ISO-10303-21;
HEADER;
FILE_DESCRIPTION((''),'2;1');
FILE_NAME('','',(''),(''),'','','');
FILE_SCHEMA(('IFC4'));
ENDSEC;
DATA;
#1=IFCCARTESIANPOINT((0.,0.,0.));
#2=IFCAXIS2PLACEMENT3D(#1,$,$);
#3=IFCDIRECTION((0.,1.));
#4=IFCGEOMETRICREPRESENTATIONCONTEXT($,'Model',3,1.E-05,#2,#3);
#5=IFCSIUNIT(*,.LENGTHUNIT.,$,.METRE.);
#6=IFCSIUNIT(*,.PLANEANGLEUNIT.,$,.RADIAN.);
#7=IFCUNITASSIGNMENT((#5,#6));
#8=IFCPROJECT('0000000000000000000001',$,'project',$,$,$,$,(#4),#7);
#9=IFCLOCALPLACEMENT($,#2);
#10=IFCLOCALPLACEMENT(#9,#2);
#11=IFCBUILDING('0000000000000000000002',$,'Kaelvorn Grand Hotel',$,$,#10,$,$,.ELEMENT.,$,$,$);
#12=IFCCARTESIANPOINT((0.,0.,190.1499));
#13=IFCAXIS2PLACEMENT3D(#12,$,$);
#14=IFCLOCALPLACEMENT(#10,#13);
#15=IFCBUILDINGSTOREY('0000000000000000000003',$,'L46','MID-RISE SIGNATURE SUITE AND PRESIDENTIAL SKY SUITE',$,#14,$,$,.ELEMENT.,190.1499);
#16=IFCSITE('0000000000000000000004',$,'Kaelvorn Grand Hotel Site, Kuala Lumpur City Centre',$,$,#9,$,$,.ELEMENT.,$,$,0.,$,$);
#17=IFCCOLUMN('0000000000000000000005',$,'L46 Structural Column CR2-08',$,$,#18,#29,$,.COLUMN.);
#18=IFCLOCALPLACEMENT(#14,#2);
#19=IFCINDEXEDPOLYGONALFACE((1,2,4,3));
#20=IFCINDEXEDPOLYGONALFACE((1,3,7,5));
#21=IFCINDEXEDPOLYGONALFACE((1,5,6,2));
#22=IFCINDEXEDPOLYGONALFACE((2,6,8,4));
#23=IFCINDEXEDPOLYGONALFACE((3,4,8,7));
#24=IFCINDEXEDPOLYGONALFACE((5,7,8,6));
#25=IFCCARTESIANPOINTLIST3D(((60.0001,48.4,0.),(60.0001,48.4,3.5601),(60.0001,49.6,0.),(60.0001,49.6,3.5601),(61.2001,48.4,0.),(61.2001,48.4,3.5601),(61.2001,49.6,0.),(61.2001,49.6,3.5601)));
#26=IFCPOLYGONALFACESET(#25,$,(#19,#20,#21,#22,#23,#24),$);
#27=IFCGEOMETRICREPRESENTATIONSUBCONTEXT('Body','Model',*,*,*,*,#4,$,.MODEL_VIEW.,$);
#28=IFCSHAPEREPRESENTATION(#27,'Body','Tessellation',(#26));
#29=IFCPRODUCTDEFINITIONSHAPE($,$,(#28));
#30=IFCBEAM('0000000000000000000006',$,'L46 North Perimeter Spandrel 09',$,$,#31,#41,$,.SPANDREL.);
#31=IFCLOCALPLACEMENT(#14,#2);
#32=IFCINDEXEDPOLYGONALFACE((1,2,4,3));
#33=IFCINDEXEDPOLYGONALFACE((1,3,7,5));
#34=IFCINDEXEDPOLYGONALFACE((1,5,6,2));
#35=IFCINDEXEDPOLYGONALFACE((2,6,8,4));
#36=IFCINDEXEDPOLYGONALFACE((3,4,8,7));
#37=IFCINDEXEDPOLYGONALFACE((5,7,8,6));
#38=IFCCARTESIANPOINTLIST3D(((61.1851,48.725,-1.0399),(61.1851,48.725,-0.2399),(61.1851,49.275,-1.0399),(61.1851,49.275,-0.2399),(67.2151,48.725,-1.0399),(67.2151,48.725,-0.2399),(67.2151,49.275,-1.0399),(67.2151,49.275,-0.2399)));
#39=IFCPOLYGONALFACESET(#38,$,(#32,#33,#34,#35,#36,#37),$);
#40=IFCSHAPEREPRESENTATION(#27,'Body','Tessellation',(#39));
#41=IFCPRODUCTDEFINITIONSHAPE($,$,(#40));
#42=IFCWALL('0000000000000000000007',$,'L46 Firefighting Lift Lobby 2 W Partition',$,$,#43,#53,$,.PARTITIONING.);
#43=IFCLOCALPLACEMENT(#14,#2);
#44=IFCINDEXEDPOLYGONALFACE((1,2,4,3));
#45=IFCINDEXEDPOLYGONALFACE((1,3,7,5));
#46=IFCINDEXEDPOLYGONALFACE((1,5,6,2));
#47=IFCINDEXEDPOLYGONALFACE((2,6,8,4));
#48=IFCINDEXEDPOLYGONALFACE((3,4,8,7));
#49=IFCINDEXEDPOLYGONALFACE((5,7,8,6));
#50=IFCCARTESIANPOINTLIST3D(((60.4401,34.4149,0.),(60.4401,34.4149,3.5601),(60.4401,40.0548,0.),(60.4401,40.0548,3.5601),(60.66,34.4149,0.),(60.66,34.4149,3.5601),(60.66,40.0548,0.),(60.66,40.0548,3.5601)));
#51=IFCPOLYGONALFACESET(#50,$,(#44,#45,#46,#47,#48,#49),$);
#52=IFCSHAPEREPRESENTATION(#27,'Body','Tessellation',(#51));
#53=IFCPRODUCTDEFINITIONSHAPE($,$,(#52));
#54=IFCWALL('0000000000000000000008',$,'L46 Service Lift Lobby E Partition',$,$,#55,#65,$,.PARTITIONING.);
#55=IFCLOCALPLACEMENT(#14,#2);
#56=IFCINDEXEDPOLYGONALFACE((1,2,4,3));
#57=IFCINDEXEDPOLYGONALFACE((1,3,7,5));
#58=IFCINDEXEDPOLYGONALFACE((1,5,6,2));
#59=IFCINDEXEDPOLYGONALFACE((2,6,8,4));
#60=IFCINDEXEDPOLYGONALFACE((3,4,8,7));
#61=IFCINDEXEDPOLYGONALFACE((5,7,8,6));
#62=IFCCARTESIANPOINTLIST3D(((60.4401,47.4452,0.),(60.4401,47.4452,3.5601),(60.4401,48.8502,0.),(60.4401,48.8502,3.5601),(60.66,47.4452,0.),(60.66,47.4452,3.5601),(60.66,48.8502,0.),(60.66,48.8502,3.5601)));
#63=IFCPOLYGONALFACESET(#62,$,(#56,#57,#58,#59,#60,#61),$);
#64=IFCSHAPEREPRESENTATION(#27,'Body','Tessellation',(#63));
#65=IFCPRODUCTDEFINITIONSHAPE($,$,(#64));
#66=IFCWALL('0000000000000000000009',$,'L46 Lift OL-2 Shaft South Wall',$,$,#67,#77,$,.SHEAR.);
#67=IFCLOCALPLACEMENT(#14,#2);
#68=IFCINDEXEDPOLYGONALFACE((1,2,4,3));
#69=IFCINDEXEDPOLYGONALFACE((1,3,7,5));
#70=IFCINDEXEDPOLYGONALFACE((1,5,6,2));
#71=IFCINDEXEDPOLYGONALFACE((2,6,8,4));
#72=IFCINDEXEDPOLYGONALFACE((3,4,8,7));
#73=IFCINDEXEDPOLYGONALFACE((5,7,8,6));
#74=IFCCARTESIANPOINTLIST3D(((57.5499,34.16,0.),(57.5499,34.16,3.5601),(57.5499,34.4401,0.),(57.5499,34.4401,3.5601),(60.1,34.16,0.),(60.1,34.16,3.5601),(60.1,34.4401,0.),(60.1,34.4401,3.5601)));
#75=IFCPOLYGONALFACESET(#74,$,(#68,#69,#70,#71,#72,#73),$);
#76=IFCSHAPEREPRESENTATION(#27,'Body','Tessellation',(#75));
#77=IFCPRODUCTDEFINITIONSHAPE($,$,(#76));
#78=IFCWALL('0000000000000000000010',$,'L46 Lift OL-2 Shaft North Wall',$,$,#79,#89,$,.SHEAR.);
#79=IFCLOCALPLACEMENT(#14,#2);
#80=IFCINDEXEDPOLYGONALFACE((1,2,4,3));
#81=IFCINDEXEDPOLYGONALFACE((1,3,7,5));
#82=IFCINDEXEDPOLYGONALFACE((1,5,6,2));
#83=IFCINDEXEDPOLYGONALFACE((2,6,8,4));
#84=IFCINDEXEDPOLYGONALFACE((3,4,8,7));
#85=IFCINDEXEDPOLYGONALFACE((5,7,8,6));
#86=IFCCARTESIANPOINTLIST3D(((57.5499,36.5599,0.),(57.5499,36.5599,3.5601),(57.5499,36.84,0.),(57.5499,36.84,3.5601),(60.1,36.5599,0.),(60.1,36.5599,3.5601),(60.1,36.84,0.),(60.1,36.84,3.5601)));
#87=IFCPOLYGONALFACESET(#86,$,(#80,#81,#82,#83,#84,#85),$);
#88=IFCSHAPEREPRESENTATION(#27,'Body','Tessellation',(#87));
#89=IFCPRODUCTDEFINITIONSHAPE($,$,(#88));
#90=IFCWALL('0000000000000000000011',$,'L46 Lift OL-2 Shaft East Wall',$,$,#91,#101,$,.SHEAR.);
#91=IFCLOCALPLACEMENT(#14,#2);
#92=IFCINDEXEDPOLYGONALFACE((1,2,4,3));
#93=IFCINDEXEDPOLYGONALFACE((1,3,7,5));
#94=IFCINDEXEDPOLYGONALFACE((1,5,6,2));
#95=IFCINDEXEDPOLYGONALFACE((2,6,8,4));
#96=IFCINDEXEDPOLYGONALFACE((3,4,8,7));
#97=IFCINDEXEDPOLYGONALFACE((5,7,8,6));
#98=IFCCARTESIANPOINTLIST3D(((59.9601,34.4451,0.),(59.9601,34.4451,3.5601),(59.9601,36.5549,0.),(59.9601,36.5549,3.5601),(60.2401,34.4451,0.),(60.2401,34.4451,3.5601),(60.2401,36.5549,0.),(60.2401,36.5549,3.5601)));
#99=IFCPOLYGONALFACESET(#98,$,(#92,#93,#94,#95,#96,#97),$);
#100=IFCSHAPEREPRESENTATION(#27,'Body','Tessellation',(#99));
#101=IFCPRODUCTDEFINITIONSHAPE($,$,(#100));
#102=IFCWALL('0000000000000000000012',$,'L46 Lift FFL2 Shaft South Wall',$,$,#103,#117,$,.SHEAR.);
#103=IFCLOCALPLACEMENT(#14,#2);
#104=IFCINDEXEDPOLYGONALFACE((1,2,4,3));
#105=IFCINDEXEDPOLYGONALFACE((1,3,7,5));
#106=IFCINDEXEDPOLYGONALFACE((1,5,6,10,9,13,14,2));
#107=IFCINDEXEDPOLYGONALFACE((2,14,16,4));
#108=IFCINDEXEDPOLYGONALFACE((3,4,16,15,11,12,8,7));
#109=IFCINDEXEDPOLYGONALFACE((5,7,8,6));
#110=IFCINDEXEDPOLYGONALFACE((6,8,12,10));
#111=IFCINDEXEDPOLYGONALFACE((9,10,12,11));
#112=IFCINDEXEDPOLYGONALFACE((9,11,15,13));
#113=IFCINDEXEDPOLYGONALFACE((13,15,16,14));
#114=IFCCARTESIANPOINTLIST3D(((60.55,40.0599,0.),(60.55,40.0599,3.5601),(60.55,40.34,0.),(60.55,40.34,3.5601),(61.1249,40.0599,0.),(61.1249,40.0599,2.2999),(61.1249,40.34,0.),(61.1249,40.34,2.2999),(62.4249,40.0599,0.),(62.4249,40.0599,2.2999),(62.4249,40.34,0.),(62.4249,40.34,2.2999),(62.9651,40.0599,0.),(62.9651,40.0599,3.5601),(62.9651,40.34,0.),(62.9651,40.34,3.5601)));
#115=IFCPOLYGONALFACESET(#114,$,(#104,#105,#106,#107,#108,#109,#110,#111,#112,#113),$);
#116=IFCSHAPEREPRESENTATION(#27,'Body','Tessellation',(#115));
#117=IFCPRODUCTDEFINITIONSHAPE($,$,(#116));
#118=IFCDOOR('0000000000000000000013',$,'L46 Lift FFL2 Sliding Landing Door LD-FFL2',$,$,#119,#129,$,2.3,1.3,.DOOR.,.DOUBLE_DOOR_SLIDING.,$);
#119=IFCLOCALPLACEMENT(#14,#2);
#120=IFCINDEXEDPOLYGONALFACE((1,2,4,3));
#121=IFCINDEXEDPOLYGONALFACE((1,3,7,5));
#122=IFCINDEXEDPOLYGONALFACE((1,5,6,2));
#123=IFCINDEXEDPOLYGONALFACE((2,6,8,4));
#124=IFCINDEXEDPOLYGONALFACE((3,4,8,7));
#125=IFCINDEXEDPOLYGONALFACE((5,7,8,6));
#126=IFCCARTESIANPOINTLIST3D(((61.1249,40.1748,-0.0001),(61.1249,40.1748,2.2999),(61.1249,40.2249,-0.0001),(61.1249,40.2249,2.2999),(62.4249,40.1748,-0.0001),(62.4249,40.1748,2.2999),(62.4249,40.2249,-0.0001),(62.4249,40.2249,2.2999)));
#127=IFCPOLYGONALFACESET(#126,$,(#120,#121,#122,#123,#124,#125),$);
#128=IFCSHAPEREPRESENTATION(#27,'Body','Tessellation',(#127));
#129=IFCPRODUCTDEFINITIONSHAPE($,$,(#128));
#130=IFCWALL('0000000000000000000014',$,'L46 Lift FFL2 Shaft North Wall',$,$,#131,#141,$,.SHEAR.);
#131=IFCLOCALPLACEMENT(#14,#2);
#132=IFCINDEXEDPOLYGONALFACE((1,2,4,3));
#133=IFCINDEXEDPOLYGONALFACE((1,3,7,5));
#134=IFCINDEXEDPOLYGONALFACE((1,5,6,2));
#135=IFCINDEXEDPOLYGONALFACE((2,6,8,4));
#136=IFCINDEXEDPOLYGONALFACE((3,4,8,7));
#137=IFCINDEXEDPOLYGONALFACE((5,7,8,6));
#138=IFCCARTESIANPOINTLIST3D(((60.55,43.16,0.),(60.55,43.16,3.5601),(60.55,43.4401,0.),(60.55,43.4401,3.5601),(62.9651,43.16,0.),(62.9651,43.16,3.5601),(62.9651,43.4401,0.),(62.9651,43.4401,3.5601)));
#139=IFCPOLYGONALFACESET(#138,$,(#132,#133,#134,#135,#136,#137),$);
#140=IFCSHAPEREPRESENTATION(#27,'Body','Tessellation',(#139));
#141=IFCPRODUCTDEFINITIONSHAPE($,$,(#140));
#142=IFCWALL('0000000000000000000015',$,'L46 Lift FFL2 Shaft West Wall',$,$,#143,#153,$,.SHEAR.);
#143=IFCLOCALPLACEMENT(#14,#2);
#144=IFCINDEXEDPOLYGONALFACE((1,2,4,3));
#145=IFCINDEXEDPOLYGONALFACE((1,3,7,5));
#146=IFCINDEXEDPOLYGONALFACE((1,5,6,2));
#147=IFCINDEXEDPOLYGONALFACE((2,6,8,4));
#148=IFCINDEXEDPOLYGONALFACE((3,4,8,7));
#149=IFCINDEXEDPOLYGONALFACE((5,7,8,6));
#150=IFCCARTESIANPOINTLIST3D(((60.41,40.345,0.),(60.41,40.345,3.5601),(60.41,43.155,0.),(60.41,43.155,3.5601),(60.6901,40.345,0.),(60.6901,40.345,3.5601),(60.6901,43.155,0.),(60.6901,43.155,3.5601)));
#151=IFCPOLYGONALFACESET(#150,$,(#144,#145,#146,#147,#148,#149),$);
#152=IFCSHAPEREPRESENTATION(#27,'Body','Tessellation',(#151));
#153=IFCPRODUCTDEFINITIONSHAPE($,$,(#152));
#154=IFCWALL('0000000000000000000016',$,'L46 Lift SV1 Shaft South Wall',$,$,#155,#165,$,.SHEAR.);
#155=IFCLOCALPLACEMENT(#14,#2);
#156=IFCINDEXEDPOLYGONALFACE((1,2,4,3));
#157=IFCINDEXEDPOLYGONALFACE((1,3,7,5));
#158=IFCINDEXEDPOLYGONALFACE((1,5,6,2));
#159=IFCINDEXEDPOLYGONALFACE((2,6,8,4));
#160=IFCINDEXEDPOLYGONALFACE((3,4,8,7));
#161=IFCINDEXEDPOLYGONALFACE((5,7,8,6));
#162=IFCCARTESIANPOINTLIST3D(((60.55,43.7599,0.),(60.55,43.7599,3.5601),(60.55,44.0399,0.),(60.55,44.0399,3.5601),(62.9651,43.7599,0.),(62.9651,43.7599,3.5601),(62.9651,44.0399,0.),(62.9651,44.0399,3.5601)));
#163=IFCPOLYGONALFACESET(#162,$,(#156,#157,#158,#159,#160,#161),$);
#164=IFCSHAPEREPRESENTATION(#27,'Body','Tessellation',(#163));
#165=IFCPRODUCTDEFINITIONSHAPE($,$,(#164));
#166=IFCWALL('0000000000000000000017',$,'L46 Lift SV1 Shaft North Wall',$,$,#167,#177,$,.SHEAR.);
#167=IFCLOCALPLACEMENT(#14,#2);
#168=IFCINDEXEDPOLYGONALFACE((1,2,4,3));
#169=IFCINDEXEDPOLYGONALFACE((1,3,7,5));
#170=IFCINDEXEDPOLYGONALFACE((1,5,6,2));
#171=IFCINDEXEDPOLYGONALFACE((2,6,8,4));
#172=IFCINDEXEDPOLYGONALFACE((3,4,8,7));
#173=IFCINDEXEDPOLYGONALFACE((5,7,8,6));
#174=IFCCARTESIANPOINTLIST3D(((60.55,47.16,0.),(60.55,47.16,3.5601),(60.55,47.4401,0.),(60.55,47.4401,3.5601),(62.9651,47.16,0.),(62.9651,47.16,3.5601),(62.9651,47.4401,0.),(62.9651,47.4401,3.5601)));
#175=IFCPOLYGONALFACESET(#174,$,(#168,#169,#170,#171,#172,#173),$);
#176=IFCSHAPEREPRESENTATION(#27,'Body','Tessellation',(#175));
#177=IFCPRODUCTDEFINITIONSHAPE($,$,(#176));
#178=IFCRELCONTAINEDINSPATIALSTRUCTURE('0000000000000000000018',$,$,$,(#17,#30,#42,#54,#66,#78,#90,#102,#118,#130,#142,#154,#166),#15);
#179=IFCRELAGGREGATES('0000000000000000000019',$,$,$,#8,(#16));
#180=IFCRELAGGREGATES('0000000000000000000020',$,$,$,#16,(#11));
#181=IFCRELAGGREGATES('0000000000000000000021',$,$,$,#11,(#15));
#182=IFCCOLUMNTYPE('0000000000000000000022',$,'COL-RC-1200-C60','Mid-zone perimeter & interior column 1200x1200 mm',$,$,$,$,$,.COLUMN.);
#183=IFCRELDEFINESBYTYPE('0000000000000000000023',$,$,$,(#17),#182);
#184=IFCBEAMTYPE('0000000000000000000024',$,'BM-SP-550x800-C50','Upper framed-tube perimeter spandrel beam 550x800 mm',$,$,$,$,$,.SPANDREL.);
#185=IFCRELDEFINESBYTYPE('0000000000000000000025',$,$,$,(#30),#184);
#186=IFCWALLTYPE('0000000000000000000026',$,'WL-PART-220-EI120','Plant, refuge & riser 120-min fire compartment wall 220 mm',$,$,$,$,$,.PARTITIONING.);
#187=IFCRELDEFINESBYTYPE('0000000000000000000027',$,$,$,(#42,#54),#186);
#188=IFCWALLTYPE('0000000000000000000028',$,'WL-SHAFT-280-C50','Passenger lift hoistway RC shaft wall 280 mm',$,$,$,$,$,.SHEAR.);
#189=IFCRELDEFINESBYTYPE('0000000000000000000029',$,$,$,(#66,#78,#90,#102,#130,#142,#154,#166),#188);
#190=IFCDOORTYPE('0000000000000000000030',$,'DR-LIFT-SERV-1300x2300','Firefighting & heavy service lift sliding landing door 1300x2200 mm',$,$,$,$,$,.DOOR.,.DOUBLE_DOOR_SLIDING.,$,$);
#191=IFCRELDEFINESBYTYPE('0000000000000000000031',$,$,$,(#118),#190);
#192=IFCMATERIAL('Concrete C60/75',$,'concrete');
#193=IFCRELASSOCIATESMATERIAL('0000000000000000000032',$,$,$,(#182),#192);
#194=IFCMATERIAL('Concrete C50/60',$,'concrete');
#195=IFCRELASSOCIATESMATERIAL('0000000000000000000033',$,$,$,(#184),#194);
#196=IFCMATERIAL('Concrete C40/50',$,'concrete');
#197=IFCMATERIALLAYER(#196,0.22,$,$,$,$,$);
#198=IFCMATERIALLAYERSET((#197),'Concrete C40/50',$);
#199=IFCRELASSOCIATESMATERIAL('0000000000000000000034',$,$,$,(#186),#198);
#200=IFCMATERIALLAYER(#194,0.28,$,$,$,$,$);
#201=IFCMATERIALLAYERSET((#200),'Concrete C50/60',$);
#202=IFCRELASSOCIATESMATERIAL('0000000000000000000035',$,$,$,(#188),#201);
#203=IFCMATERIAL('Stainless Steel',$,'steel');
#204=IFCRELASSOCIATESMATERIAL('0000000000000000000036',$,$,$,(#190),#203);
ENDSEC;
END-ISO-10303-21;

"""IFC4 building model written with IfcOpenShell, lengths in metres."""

from ifc_helpers import new_model, si_unit, direction, frame, frame_2d, origin, origin_2d, place, context, subcontext, project, spatial, rectangle, extrude, material, layer, layer_set, material_profile, profile_set, type_object, element, fill, save


model = new_model("IFC4")

# Units and contexts
model_context = context("Model", 3, precision=1e-05, world=origin(), true_north=direction((0.0, 1.0)))
body_context = subcontext(model_context, "Body", "Model", "MODEL_VIEW")
ifc_project = project(units=[si_unit("LENGTHUNIT", "METRE"), si_unit("PLANEANGLEUNIT", "RADIAN")], contexts=[model_context])

# Site, building, storey
site_placement = place(None, origin())
site = spatial("IfcSite", under=ifc_project, at=site_placement, Name="Kaelvorn Grand Hotel Site, Kuala Lumpur City Centre", CompositionType="ELEMENT", RefElevation=0.0)
building_placement = place(site_placement, origin())
building = spatial("IfcBuilding", under=site, at=building_placement, Name="Kaelvorn Grand Hotel", CompositionType="ELEMENT")
storey_placement = place(building_placement, frame((0.0, 0.0, 190.1499)))
storey = spatial("IfcBuildingStorey", under=building, at=storey_placement, Name="L46", Description="MID-RISE SIGNATURE SUITE AND PRESIDENTIAL SKY SUITE", CompositionType="ELEMENT", Elevation=190.1499)

# Column
ifc_material_1 = material(Name="Concrete C60/75", Category="concrete")
ifc_material_profile_1 = material_profile(ifc_material_1, rectangle(XDim=1.2, YDim=1.2, at=origin_2d()), Name="RC COL 1200x1200")
ifc_profile_set_1 = profile_set([ifc_material_profile_1], Name="Concrete C60/75")
column_type = type_object("IfcColumnType", Name="COL-RC-1200-C60", Description="Mid-zone perimeter & interior column 1200x1200 mm", PredefinedType="COLUMN", material=ifc_profile_set_1)
column_placement = place(storey_placement, frame((60.6001, 49.0, 0.0), z_axis=(0.0, 0.0, 1.0), x_axis=(1.0, 0.0, 0.0)))
element("IfcColumn", 1, at=column_placement, inside=storey, type_object=column_type, Name="L46 Structural Column CR2-08", PredefinedType="COLUMN", context=body_context, shape_type="SweptSolid", body=[
    extrude(rectangle(XDim=1.2, YDim=1.2, at=origin_2d()), origin(), (0.0, 0.0, 1.0), 3.5601),
])

# Beam
ifc_material_2 = material(Name="Concrete C50/60", Category="concrete")
ifc_material_profile_2 = material_profile(ifc_material_2, rectangle(XDim=0.55, YDim=0.8, at=origin_2d()), Name="RC SPANDREL 550x800")
ifc_profile_set_2 = profile_set([ifc_material_profile_2], Name="Concrete C50/60")
beam_type = type_object("IfcBeamType", Name="BM-SP-550x800-C50", Description="Upper framed-tube perimeter spandrel beam 550x800 mm", PredefinedType="SPANDREL", material=ifc_profile_set_2)
beam_placement = place(storey_placement, frame((61.1851, 49.0, -0.6399), z_axis=(1.0, 0.0, 0.0), x_axis=(0.0, 1.0, 0.0)))
element("IfcBeam", 2, at=beam_placement, inside=storey, type_object=beam_type, Name="L46 North Perimeter Spandrel 09", PredefinedType="SPANDREL", context=body_context, shape_type="SweptSolid", body=[
    extrude(rectangle(XDim=0.55, YDim=0.8, at=origin_2d()), origin(), (0.0, 0.0, 1.0), 6.03),
])

# Shared definitions
ifc_material_3 = material(Name="Concrete C40/50", Category="concrete")
ifc_layer_1 = layer(ifc_material_3, 0.22)
ifc_layer_set_1 = layer_set([ifc_layer_1], Name="Concrete C40/50")
wall_type_1 = type_object("IfcWallType", Name="WL-PART-220-EI120", Description="Plant, refuge & riser 120-min fire compartment wall 220 mm", PredefinedType="PARTITIONING", material=ifc_layer_set_1)

# Walls
wall_1_placement = place(storey_placement, frame((60.55, 34.415, 0.0), z_axis=(0.0, 0.0, 1.0), x_axis=(0.0, 1.0, 0.0)))
element("IfcWall", 3, at=wall_1_placement, inside=storey, type_object=wall_type_1, Name="L46 Firefighting Lift Lobby 2 W Partition", PredefinedType="PARTITIONING", context=body_context, shape_type="SweptSolid", body=[
    extrude(rectangle(XDim=5.6399, YDim=0.22, at=frame_2d((2.8198, 0.0))), origin(), (0.0, 0.0, 1.0), 3.5601),
])
wall_2_placement = place(storey_placement, frame((60.55, 47.4451, 0.0), z_axis=(0.0, 0.0, 1.0), x_axis=(0.0, 1.0, 0.0)))
element("IfcWall", 4, at=wall_2_placement, inside=storey, type_object=wall_type_1, Name="L46 Service Lift Lobby E Partition", PredefinedType="PARTITIONING", context=body_context, shape_type="SweptSolid", body=[
    extrude(rectangle(XDim=1.405, YDim=0.22, at=frame_2d((0.7026, 0.0))), origin(), (0.0, 0.0, 1.0), 3.5601),
])
ifc_layer_2 = layer(ifc_material_2, 0.28)
ifc_layer_set_2 = layer_set([ifc_layer_2], Name="Concrete C50/60")
wall_type_2 = type_object("IfcWallType", Name="WL-SHAFT-280-C50", Description="Passenger lift hoistway RC shaft wall 280 mm", PredefinedType="SHEAR", material=ifc_layer_set_2)
for number, where, z_axis, x_axis, name in (
    (5, (57.55, 34.3, 0.0), (0.0, 0.0, 1.0), (1.0, 0.0, 0.0), "L46 Lift OL-2 Shaft South Wall"),
    (6, (57.55, 36.7, 0.0), (0.0, 0.0, 1.0), (1.0, 0.0, 0.0), "L46 Lift OL-2 Shaft North Wall"),
):
    element("IfcWall", number, at=place(storey_placement, frame(where, z_axis=z_axis, x_axis=x_axis)), inside=storey, type_object=wall_type_2, Name=name, PredefinedType="SHEAR", context=body_context, shape_type="SweptSolid", body=[
        extrude(rectangle(XDim=2.55, YDim=0.28, at=frame_2d((1.2749, 0.0))), origin(), (0.0, 0.0, 1.0), 3.5601),
    ])
wall_3_placement = place(storey_placement, frame((60.1001, 34.4451, 0.0), z_axis=(0.0, 0.0, 1.0), x_axis=(0.0, 1.0, 0.0)))
element("IfcWall", 7, at=wall_3_placement, inside=storey, type_object=wall_type_2, Name="L46 Lift OL-2 Shaft East Wall", PredefinedType="SHEAR", context=body_context, shape_type="SweptSolid", body=[
    extrude(rectangle(XDim=2.1099, YDim=0.28, at=frame_2d((1.0549, 0.0))), origin(), (0.0, 0.0, 1.0), 3.5601),
])

# Wall, opening, door
wall_4_placement = place(storey_placement, frame((60.55, 40.2, 0.0), z_axis=(0.0, 0.0, 1.0), x_axis=(1.0, 0.0, 0.0)))
wall_4 = element("IfcWall", 8, at=wall_4_placement, inside=storey, type_object=wall_type_2, Name="L46 Lift FFL2 Shaft South Wall", PredefinedType="SHEAR", context=body_context, shape_type="SweptSolid", body=[
    extrude(rectangle(XDim=2.415, YDim=0.28, at=frame_2d((1.2075, 0.0))), origin(), (0.0, 0.0, 1.0), 3.5601),
])
opening_1_placement = place(wall_4_placement, frame((0.575, 0.0, 0.0)))
opening_1 = element("IfcOpeningElement", 9, at=opening_1_placement, cuts=wall_4, PredefinedType="OPENING", context=body_context, shape_type="SweptSolid", body=[
    extrude(rectangle(XDim=1.3, YDim=2.3, at=frame_2d((0.6499, 1.1499))), frame((0.0, 0.1499, 0.0), z_axis=(0.0, -1.0, 0.0), x_axis=(1.0, 0.0, 0.0)), (0.0, 0.0, 1.0), 0.3),
])
ifc_material_4 = material(Name="Stainless Steel", Category="steel")
door_type_1 = type_object("IfcDoorType", Name="DR-LIFT-SERV-1300x2300", Description="Firefighting & heavy service lift sliding landing door 1300x2200 mm", OperationType="DOUBLE_DOOR_SLIDING", PredefinedType="DOOR", material=ifc_material_4)
door_1_placement = place(opening_1_placement, origin())
door_1 = element("IfcDoor", 10, at=door_1_placement, inside=storey, type_object=door_type_1, Name="L46 Lift FFL2 Sliding Landing Door LD-FFL2", OperationType="DOUBLE_DOOR_SLIDING", OverallHeight=2.3, OverallWidth=1.3, PredefinedType="DOOR", context=body_context, shape_type="SweptSolid", body=[
    extrude(rectangle(XDim=1.3, YDim=2.3, at=frame_2d((0.6499, 1.1499))), frame((0.0, 0.0249, 0.0), z_axis=(0.0, -1.0, 0.0), x_axis=(1.0, 0.0, 0.0)), (0.0, 0.0, 1.0), 0.05),
])
fill(opening_1, door_1)

# Walls
wall_5_placement = place(storey_placement, frame((60.55, 43.3, 0.0), z_axis=(0.0, 0.0, 1.0), x_axis=(1.0, 0.0, 0.0)))
element("IfcWall", 11, at=wall_5_placement, inside=storey, type_object=wall_type_2, Name="L46 Lift FFL2 Shaft North Wall", PredefinedType="SHEAR", context=body_context, shape_type="SweptSolid", body=[
    extrude(rectangle(XDim=2.415, YDim=0.28, at=frame_2d((1.2075, 0.0))), origin(), (0.0, 0.0, 1.0), 3.5601),
])
wall_6_placement = place(storey_placement, frame((60.55, 40.345, 0.0), z_axis=(0.0, 0.0, 1.0), x_axis=(0.0, 1.0, 0.0)))
element("IfcWall", 12, at=wall_6_placement, inside=storey, type_object=wall_type_2, Name="L46 Lift FFL2 Shaft West Wall", PredefinedType="SHEAR", context=body_context, shape_type="SweptSolid", body=[
    extrude(rectangle(XDim=2.8101, YDim=0.28, at=frame_2d((1.405, 0.0))), origin(), (0.0, 0.0, 1.0), 3.5601),
])
for number, where, z_axis, x_axis, name in (
    (13, (60.55, 43.8999, 0.0), (0.0, 0.0, 1.0), (1.0, 0.0, 0.0), "L46 Lift SV1 Shaft South Wall"),
    (14, (60.55, 47.3, 0.0), (0.0, 0.0, 1.0), (1.0, 0.0, 0.0), "L46 Lift SV1 Shaft North Wall"),
):
    element("IfcWall", number, at=place(storey_placement, frame(where, z_axis=z_axis, x_axis=x_axis)), inside=storey, type_object=wall_type_2, Name=name, PredefinedType="SHEAR", context=body_context, shape_type="SweptSolid", body=[
        extrude(rectangle(XDim=2.415, YDim=0.28, at=frame_2d((1.2075, 0.0))), origin(), (0.0, 0.0, 1.0), 3.5601),
    ])

save(model, "model.ifc")
